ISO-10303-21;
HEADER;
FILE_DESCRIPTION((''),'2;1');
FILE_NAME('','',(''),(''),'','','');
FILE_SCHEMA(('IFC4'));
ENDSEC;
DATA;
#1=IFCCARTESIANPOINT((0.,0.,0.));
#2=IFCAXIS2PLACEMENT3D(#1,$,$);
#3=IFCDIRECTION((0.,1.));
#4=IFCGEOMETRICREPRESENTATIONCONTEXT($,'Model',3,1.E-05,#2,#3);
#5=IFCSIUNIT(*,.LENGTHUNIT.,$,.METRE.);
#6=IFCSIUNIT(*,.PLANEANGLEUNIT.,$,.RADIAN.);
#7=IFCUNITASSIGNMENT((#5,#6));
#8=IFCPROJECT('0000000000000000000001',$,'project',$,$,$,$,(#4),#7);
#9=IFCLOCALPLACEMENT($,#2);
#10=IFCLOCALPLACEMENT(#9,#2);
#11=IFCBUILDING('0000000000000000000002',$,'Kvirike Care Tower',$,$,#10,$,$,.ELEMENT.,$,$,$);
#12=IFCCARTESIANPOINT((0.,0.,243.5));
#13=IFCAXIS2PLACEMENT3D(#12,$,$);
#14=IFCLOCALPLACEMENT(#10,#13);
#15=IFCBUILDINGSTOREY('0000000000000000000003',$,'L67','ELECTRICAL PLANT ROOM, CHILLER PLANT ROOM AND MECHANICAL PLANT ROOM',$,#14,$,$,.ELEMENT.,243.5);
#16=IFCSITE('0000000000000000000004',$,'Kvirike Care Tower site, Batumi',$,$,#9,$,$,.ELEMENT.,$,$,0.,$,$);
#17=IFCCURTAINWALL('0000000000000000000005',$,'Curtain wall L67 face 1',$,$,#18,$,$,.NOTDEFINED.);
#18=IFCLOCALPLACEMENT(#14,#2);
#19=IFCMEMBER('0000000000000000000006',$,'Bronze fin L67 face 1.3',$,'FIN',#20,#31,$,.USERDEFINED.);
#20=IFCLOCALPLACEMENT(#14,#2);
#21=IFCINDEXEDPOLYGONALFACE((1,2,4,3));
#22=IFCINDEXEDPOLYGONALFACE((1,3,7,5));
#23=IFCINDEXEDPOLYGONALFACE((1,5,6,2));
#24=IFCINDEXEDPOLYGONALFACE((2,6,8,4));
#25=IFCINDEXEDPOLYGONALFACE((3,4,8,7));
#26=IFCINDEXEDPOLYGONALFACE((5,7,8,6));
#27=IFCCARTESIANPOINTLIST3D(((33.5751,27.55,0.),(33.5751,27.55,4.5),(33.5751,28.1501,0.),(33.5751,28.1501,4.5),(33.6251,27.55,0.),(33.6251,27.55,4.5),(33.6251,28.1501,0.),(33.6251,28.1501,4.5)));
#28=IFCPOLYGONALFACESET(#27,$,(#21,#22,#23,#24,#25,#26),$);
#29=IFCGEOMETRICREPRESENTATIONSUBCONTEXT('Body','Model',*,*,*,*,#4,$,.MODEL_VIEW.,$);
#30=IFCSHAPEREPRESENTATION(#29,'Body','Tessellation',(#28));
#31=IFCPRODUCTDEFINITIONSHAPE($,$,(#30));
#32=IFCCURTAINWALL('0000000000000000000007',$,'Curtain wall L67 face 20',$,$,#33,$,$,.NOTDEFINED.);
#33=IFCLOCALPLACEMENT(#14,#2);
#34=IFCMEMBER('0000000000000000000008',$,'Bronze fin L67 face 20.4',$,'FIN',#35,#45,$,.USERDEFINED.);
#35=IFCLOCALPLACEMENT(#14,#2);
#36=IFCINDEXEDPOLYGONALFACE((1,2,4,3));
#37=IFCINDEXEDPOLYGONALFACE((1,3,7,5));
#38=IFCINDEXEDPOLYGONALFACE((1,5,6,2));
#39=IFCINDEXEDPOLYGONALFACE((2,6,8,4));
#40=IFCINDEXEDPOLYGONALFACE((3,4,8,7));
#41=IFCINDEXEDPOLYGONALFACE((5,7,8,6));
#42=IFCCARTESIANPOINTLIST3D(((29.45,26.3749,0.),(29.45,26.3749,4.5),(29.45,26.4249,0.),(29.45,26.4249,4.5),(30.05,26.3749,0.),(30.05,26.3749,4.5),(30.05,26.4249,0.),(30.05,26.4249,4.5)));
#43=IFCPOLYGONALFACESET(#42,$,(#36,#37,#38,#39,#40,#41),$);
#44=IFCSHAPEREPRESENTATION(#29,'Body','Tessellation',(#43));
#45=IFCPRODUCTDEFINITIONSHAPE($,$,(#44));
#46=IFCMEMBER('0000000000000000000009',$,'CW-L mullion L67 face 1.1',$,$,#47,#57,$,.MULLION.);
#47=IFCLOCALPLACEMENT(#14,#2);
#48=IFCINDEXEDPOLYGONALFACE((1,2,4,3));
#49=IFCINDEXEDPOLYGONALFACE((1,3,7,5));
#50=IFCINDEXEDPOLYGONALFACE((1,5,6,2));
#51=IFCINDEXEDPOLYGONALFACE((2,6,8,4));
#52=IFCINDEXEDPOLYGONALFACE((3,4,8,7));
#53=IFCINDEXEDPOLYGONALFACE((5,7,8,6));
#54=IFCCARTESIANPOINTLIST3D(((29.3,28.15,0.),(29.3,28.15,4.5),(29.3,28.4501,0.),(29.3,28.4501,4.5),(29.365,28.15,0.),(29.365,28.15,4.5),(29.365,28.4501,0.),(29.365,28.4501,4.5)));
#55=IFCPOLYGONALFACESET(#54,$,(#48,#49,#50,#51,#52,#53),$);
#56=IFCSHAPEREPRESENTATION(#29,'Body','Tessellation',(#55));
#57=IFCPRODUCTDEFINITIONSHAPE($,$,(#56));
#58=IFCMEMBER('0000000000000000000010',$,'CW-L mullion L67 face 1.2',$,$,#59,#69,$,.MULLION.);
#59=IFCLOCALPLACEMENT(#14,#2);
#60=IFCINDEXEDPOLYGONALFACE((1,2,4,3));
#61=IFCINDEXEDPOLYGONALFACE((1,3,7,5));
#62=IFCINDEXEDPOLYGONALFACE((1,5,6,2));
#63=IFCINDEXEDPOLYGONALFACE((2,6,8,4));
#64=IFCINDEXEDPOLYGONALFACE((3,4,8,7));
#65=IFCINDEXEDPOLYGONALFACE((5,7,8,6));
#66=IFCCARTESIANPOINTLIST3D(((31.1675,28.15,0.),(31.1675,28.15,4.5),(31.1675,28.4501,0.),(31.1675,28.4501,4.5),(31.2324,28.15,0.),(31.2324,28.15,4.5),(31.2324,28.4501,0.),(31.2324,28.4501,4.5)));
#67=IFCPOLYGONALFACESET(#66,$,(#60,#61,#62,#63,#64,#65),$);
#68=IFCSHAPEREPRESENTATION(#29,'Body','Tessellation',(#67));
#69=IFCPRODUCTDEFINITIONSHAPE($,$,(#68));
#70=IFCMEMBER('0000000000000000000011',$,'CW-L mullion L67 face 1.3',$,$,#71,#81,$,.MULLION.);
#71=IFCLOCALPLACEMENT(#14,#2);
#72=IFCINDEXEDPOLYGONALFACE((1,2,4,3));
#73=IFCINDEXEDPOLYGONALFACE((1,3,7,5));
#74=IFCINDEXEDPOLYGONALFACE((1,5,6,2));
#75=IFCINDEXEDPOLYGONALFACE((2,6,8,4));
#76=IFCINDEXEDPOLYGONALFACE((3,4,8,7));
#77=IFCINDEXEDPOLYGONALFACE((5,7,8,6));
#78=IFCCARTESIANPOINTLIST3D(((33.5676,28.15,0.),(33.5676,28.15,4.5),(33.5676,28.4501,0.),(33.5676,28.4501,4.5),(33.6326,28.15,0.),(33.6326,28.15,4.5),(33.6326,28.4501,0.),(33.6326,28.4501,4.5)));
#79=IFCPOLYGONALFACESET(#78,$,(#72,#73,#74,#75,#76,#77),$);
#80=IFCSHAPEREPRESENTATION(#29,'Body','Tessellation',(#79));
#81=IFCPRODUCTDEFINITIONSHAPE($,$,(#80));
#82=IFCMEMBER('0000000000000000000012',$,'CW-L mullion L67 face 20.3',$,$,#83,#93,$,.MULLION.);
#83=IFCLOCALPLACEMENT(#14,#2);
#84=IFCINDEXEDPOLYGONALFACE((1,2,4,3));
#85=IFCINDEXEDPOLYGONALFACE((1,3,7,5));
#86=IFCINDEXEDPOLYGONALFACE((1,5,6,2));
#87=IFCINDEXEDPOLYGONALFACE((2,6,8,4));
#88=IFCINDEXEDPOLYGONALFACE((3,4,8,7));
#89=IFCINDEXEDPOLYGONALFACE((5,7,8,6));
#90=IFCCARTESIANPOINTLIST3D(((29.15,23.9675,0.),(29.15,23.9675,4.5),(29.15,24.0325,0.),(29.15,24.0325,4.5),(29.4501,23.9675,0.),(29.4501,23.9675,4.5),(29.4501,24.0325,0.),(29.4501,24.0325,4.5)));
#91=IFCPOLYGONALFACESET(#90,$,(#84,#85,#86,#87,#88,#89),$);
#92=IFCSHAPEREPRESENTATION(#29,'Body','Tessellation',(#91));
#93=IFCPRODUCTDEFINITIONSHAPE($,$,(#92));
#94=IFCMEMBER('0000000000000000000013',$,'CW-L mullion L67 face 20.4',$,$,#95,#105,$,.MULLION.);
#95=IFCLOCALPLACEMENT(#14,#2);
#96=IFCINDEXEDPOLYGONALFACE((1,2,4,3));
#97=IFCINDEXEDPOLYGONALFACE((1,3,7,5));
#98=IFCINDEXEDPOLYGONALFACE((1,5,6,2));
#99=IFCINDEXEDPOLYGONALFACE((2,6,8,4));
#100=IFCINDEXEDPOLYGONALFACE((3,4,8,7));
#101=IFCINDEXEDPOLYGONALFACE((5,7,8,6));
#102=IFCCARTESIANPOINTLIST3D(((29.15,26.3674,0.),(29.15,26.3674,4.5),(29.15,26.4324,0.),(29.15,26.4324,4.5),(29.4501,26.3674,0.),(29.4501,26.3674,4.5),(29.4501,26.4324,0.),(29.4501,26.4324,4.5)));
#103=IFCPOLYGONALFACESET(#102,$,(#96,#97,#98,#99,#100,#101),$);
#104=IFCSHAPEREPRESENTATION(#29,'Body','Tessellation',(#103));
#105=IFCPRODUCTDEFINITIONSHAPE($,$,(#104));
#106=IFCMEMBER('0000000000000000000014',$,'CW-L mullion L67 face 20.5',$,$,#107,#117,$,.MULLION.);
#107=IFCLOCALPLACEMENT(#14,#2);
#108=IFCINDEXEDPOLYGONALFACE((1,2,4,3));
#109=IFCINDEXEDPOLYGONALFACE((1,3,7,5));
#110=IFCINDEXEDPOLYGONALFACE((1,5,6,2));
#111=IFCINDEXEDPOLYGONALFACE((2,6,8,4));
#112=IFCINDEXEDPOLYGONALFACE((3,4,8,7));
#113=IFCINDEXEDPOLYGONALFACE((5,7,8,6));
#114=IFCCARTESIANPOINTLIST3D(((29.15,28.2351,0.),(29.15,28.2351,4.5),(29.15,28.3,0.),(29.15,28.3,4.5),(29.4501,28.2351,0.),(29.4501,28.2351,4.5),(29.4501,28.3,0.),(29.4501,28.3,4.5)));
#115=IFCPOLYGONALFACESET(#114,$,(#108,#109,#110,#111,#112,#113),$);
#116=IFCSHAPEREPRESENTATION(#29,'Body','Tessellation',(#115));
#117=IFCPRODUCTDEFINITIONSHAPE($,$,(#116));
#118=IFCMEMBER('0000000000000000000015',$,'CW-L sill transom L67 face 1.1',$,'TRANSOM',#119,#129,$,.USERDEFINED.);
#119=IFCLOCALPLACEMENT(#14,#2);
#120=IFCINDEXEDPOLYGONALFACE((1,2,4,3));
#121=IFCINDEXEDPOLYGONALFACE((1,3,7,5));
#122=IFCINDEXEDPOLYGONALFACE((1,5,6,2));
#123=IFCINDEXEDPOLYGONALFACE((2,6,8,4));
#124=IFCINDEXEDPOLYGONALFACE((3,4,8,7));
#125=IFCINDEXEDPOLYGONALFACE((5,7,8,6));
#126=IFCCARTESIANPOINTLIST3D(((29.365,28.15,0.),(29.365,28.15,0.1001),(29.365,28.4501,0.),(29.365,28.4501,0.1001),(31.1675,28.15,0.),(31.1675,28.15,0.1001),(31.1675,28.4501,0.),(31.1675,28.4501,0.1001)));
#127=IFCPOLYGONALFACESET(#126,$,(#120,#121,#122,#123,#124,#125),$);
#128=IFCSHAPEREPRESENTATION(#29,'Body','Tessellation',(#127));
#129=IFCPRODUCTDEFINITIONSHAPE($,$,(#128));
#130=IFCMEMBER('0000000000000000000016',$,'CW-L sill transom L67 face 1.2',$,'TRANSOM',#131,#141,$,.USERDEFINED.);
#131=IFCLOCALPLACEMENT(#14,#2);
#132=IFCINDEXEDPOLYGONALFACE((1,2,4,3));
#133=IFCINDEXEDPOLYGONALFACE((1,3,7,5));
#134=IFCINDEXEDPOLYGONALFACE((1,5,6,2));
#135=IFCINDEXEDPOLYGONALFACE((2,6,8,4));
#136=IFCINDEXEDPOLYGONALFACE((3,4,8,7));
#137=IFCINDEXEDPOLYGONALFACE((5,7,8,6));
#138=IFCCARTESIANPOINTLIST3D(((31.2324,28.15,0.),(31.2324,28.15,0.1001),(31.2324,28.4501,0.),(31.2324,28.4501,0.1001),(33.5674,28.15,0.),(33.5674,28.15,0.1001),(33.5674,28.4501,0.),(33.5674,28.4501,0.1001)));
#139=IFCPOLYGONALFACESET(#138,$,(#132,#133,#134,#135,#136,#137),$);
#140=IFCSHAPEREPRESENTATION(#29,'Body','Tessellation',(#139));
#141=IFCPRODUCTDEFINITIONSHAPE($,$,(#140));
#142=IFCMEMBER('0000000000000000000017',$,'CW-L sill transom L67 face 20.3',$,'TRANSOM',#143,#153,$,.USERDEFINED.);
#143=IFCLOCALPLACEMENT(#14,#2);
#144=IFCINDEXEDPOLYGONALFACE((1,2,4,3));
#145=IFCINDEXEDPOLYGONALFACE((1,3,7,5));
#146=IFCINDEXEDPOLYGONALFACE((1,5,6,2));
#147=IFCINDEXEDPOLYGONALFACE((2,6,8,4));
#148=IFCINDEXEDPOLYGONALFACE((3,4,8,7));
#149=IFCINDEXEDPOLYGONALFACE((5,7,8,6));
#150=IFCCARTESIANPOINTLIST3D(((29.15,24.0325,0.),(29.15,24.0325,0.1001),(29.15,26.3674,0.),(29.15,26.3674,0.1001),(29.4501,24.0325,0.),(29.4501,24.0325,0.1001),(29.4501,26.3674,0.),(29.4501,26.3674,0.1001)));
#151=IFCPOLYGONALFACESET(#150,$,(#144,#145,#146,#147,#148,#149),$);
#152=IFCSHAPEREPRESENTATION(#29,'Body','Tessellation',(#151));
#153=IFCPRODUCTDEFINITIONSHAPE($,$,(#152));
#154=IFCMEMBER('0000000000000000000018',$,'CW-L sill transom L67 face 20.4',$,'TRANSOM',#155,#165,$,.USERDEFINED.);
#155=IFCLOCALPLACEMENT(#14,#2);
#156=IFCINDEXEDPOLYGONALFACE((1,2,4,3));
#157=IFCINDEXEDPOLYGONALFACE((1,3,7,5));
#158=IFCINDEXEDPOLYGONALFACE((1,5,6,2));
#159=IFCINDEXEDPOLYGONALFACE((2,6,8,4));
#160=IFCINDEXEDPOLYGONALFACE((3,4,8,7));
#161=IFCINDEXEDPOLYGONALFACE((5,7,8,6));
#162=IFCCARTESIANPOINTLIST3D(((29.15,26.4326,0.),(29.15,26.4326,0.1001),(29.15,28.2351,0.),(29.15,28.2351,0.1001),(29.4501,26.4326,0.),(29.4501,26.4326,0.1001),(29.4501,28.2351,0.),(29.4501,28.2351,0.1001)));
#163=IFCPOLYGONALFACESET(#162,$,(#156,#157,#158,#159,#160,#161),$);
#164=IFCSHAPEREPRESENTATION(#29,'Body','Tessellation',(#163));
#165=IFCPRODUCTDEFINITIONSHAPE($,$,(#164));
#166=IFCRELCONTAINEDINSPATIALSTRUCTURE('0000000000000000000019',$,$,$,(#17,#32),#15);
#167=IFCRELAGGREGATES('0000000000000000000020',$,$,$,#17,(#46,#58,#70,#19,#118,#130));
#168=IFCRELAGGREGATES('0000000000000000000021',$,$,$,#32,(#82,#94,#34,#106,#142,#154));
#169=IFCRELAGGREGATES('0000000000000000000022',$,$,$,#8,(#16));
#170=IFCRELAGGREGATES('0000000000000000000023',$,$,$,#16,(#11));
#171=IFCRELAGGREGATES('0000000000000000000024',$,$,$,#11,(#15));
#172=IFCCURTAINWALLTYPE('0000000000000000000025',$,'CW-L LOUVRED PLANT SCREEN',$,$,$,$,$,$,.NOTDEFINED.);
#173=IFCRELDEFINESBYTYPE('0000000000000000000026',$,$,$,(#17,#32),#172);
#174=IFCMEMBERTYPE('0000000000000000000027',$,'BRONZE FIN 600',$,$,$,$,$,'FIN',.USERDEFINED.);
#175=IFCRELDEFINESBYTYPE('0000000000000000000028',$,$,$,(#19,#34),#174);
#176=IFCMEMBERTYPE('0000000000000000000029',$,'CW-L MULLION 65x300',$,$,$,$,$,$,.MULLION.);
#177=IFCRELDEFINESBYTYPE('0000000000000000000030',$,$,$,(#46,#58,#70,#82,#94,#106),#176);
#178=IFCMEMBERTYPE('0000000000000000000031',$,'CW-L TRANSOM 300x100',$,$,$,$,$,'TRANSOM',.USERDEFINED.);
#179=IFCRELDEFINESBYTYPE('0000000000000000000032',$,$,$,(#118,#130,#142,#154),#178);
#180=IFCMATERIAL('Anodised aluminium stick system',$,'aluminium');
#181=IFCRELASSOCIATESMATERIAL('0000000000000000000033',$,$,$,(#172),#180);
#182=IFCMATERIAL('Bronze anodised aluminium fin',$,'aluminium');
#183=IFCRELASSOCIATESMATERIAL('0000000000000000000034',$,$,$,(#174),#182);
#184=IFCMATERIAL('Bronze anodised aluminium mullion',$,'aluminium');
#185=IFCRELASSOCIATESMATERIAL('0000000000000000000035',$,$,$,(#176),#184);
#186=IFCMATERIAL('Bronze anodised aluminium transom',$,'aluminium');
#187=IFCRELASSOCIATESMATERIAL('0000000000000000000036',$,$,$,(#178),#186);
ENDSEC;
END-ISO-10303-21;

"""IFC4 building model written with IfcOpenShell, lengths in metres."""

from ifc_helpers import new_model, si_unit, direction, frame, origin, origin_2d, place, context, subcontext, project, spatial, rectangle, extrude, material, material_profile, profile_set, type_object, element, aggregate, save


model = new_model("IFC4")

# Units and contexts
model_context = context("Model", 3, precision=1e-05, world=origin(), true_north=direction((0.0, 1.0)))
body_context = subcontext(model_context, "Body", "Model", "MODEL_VIEW")
ifc_project = project(units=[si_unit("LENGTHUNIT", "METRE"), si_unit("PLANEANGLEUNIT", "RADIAN")], contexts=[model_context])

# Site, building, storey
site_placement = place(None, origin())
site = spatial("IfcSite", under=ifc_project, at=site_placement, Name="Kvirike Care Tower site, Batumi", CompositionType="ELEMENT", RefElevation=0.0)
building_placement = place(site_placement, origin())
building = spatial("IfcBuilding", under=site, at=building_placement, Name="Kvirike Care Tower", CompositionType="ELEMENT")
storey_placement = place(building_placement, frame((0.0, 0.0, 243.5)))
storey = spatial("IfcBuildingStorey", under=building, at=storey_placement, Name="L67", Description="ELECTRICAL PLANT ROOM, CHILLER PLANT ROOM AND MECHANICAL PLANT ROOM", CompositionType="ELEMENT", Elevation=243.5)

# Curtain walls, members
ifc_material_1 = material(Name="Anodised aluminium stick system", Category="aluminium")
curtain_wall_type = type_object("IfcCurtainWallType", Name="CW-L LOUVRED PLANT SCREEN", PredefinedType="NOTDEFINED", material=ifc_material_1)
curtain_wall_1_placement = place(storey_placement, origin())
curtain_wall_1 = element("IfcCurtainWall", 1, at=curtain_wall_1_placement, inside=storey, type_object=curtain_wall_type, Name="Curtain wall L67 face 1", PredefinedType="NOTDEFINED")
ifc_material_2 = material(Name="Bronze anodised aluminium fin", Category="aluminium")
ifc_material_profile_1 = material_profile(ifc_material_2, rectangle(XDim=0.05, YDim=0.6001, at=origin_2d()), Name="BRONZE FIN 600")
ifc_profile_set_1 = profile_set([ifc_material_profile_1], Name="Bronze anodised aluminium fin")
member_type_1 = type_object("IfcMemberType", Name="BRONZE FIN 600", ElementType="FIN", PredefinedType="USERDEFINED", material=ifc_profile_set_1)
member_1_placement = place(storey_placement, frame((33.6001, 27.8501, 0.0), z_axis=(0.0, 0.0, 1.0), x_axis=(1.0, 0.0, 0.0)))
member_1 = element("IfcMember", 2, at=member_1_placement, type_object=member_type_1, Name="Bronze fin L67 face 1.3", ObjectType="FIN", PredefinedType="USERDEFINED", context=body_context, shape_type="SweptSolid", body=[
    extrude(rectangle(XDim=0.05, YDim=0.6001, at=origin_2d()), origin(), (0.0, 0.0, 1.0), 4.5),
])
curtain_wall_2_placement = place(storey_placement, origin())
curtain_wall_2 = element("IfcCurtainWall", 3, at=curtain_wall_2_placement, inside=storey, type_object=curtain_wall_type, Name="Curtain wall L67 face 20", PredefinedType="NOTDEFINED")
member_2_placement = place(storey_placement, frame((29.75, 26.3999, 0.0), z_axis=(0.0, 0.0, 1.0), x_axis=(0.0, 1.0, 0.0)))
member_2 = element("IfcMember", 4, at=member_2_placement, type_object=member_type_1, Name="Bronze fin L67 face 20.4", ObjectType="FIN", PredefinedType="USERDEFINED", context=body_context, shape_type="SweptSolid", body=[
    extrude(rectangle(XDim=0.05, YDim=0.6001, at=origin_2d()), origin(), (0.0, 0.0, 1.0), 4.5),
])

# Members
ifc_material_3 = material(Name="Bronze anodised aluminium mullion", Category="aluminium")
ifc_material_profile_2 = material_profile(ifc_material_3, rectangle(XDim=0.0649, YDim=0.3, at=origin_2d()), Name="CW-L MULLION 65x300")
ifc_profile_set_2 = profile_set([ifc_material_profile_2], Name="Bronze anodised aluminium mullion")
member_type_2 = type_object("IfcMemberType", Name="CW-L MULLION 65x300", PredefinedType="MULLION", material=ifc_profile_set_2)
member_3_placement = place(storey_placement, frame((29.3325, 28.3, 0.0), z_axis=(0.0, 0.0, 1.0), x_axis=(1.0, 0.0, 0.0)))
member_3 = element("IfcMember", 5, at=member_3_placement, type_object=member_type_2, Name="CW-L mullion L67 face 1.1", PredefinedType="MULLION", context=body_context, shape_type="SweptSolid", body=[
    extrude(rectangle(XDim=0.0649, YDim=0.3, at=origin_2d()), origin(), (0.0, 0.0, 1.0), 4.5),
])
member_4_placement = place(storey_placement, frame((31.2, 28.3, 0.0), z_axis=(0.0, 0.0, 1.0), x_axis=(1.0, 0.0, 0.0)))
member_4 = element("IfcMember", 6, at=member_4_placement, type_object=member_type_2, Name="CW-L mullion L67 face 1.2", PredefinedType="MULLION", context=body_context, shape_type="SweptSolid", body=[
    extrude(rectangle(XDim=0.0649, YDim=0.3, at=origin_2d()), origin(), (0.0, 0.0, 1.0), 4.5),
])
member_5_placement = place(storey_placement, frame((33.6001, 28.3, 0.0), z_axis=(0.0, 0.0, 1.0), x_axis=(1.0, 0.0, 0.0)))
member_5 = element("IfcMember", 7, at=member_5_placement, type_object=member_type_2, Name="CW-L mullion L67 face 1.3", PredefinedType="MULLION", context=body_context, shape_type="SweptSolid", body=[
    extrude(rectangle(XDim=0.0649, YDim=0.3, at=origin_2d()), origin(), (0.0, 0.0, 1.0), 4.5),
])
member_6_placement = place(storey_placement, frame((29.3, 24.0, 0.0), z_axis=(0.0, 0.0, 1.0), x_axis=(0.0, 1.0, 0.0)))
member_6 = element("IfcMember", 8, at=member_6_placement, type_object=member_type_2, Name="CW-L mullion L67 face 20.3", PredefinedType="MULLION", context=body_context, shape_type="SweptSolid", body=[
    extrude(rectangle(XDim=0.0649, YDim=0.3, at=origin_2d()), origin(), (0.0, 0.0, 1.0), 4.5),
])
member_7_placement = place(storey_placement, frame((29.3, 26.3999, 0.0), z_axis=(0.0, 0.0, 1.0), x_axis=(0.0, 1.0, 0.0)))
member_7 = element("IfcMember", 9, at=member_7_placement, type_object=member_type_2, Name="CW-L mullion L67 face 20.4", PredefinedType="MULLION", context=body_context, shape_type="SweptSolid", body=[
    extrude(rectangle(XDim=0.0649, YDim=0.3, at=origin_2d()), origin(), (0.0, 0.0, 1.0), 4.5),
])
member_8_placement = place(storey_placement, frame((29.3, 28.2676, 0.0), z_axis=(0.0, 0.0, 1.0), x_axis=(0.0, 1.0, 0.0)))
member_8 = element("IfcMember", 10, at=member_8_placement, type_object=member_type_2, Name="CW-L mullion L67 face 20.5", PredefinedType="MULLION", context=body_context, shape_type="SweptSolid", body=[
    extrude(rectangle(XDim=0.0649, YDim=0.3, at=origin_2d()), origin(), (0.0, 0.0, 1.0), 4.5),
])
ifc_material_4 = material(Name="Bronze anodised aluminium transom", Category="aluminium")
ifc_material_profile_3 = material_profile(ifc_material_4, rectangle(XDim=0.3, YDim=0.1001, at=origin_2d()), Name="CW-L TRANSOM 300x100")
ifc_profile_set_3 = profile_set([ifc_material_profile_3], Name="Bronze anodised aluminium transom")
member_type_3 = type_object("IfcMemberType", Name="CW-L TRANSOM 300x100", ElementType="TRANSOM", PredefinedType="USERDEFINED", material=ifc_profile_set_3)
member_9_placement = place(storey_placement, frame((29.365, 28.3, 0.05), z_axis=(1.0, 0.0, 0.0), x_axis=(0.0, 1.0, 0.0)))
member_9 = element("IfcMember", 11, at=member_9_placement, type_object=member_type_3, Name="CW-L sill transom L67 face 1.1", ObjectType="TRANSOM", PredefinedType="USERDEFINED", context=body_context, shape_type="SweptSolid", body=[
    extrude(rectangle(XDim=0.3, YDim=0.1001, at=origin_2d()), origin(), (0.0, 0.0, 1.0), 1.8025),
])
member_10_placement = place(storey_placement, frame((31.2324, 28.3, 0.05), z_axis=(1.0, 0.0, 0.0), x_axis=(0.0, 1.0, 0.0)))
member_10 = element("IfcMember", 12, at=member_10_placement, type_object=member_type_3, Name="CW-L sill transom L67 face 1.2", ObjectType="TRANSOM", PredefinedType="USERDEFINED", context=body_context, shape_type="SweptSolid", body=[
    extrude(rectangle(XDim=0.3, YDim=0.1001, at=origin_2d()), origin(), (0.0, 0.0, 1.0), 2.335),
])
member_11_placement = place(storey_placement, frame((29.3, 24.0325, 0.05), z_axis=(0.0, 1.0, 0.0), x_axis=(-1.0, 0.0, 0.0)))
member_11 = element("IfcMember", 13, at=member_11_placement, type_object=member_type_3, Name="CW-L sill transom L67 face 20.3", ObjectType="TRANSOM", PredefinedType="USERDEFINED", context=body_context, shape_type="SweptSolid", body=[
    extrude(rectangle(XDim=0.3, YDim=0.1001, at=origin_2d()), origin(), (0.0, 0.0, 1.0), 2.335),
])
member_12_placement = place(storey_placement, frame((29.3, 26.4326, 0.05), z_axis=(0.0, 1.0, 0.0), x_axis=(-1.0, 0.0, 0.0)))
member_12 = element("IfcMember", 14, at=member_12_placement, type_object=member_type_3, Name="CW-L sill transom L67 face 20.4", ObjectType="TRANSOM", PredefinedType="USERDEFINED", context=body_context, shape_type="SweptSolid", body=[
    extrude(rectangle(XDim=0.3, YDim=0.1001, at=origin_2d()), origin(), (0.0, 0.0, 1.0), 1.8025),
])

aggregate(curtain_wall_1, [member_3, member_4, member_5, member_1, member_9, member_10])
aggregate(curtain_wall_2, [member_6, member_7, member_2, member_8, member_11, member_12])

save(model, "model.ifc")
